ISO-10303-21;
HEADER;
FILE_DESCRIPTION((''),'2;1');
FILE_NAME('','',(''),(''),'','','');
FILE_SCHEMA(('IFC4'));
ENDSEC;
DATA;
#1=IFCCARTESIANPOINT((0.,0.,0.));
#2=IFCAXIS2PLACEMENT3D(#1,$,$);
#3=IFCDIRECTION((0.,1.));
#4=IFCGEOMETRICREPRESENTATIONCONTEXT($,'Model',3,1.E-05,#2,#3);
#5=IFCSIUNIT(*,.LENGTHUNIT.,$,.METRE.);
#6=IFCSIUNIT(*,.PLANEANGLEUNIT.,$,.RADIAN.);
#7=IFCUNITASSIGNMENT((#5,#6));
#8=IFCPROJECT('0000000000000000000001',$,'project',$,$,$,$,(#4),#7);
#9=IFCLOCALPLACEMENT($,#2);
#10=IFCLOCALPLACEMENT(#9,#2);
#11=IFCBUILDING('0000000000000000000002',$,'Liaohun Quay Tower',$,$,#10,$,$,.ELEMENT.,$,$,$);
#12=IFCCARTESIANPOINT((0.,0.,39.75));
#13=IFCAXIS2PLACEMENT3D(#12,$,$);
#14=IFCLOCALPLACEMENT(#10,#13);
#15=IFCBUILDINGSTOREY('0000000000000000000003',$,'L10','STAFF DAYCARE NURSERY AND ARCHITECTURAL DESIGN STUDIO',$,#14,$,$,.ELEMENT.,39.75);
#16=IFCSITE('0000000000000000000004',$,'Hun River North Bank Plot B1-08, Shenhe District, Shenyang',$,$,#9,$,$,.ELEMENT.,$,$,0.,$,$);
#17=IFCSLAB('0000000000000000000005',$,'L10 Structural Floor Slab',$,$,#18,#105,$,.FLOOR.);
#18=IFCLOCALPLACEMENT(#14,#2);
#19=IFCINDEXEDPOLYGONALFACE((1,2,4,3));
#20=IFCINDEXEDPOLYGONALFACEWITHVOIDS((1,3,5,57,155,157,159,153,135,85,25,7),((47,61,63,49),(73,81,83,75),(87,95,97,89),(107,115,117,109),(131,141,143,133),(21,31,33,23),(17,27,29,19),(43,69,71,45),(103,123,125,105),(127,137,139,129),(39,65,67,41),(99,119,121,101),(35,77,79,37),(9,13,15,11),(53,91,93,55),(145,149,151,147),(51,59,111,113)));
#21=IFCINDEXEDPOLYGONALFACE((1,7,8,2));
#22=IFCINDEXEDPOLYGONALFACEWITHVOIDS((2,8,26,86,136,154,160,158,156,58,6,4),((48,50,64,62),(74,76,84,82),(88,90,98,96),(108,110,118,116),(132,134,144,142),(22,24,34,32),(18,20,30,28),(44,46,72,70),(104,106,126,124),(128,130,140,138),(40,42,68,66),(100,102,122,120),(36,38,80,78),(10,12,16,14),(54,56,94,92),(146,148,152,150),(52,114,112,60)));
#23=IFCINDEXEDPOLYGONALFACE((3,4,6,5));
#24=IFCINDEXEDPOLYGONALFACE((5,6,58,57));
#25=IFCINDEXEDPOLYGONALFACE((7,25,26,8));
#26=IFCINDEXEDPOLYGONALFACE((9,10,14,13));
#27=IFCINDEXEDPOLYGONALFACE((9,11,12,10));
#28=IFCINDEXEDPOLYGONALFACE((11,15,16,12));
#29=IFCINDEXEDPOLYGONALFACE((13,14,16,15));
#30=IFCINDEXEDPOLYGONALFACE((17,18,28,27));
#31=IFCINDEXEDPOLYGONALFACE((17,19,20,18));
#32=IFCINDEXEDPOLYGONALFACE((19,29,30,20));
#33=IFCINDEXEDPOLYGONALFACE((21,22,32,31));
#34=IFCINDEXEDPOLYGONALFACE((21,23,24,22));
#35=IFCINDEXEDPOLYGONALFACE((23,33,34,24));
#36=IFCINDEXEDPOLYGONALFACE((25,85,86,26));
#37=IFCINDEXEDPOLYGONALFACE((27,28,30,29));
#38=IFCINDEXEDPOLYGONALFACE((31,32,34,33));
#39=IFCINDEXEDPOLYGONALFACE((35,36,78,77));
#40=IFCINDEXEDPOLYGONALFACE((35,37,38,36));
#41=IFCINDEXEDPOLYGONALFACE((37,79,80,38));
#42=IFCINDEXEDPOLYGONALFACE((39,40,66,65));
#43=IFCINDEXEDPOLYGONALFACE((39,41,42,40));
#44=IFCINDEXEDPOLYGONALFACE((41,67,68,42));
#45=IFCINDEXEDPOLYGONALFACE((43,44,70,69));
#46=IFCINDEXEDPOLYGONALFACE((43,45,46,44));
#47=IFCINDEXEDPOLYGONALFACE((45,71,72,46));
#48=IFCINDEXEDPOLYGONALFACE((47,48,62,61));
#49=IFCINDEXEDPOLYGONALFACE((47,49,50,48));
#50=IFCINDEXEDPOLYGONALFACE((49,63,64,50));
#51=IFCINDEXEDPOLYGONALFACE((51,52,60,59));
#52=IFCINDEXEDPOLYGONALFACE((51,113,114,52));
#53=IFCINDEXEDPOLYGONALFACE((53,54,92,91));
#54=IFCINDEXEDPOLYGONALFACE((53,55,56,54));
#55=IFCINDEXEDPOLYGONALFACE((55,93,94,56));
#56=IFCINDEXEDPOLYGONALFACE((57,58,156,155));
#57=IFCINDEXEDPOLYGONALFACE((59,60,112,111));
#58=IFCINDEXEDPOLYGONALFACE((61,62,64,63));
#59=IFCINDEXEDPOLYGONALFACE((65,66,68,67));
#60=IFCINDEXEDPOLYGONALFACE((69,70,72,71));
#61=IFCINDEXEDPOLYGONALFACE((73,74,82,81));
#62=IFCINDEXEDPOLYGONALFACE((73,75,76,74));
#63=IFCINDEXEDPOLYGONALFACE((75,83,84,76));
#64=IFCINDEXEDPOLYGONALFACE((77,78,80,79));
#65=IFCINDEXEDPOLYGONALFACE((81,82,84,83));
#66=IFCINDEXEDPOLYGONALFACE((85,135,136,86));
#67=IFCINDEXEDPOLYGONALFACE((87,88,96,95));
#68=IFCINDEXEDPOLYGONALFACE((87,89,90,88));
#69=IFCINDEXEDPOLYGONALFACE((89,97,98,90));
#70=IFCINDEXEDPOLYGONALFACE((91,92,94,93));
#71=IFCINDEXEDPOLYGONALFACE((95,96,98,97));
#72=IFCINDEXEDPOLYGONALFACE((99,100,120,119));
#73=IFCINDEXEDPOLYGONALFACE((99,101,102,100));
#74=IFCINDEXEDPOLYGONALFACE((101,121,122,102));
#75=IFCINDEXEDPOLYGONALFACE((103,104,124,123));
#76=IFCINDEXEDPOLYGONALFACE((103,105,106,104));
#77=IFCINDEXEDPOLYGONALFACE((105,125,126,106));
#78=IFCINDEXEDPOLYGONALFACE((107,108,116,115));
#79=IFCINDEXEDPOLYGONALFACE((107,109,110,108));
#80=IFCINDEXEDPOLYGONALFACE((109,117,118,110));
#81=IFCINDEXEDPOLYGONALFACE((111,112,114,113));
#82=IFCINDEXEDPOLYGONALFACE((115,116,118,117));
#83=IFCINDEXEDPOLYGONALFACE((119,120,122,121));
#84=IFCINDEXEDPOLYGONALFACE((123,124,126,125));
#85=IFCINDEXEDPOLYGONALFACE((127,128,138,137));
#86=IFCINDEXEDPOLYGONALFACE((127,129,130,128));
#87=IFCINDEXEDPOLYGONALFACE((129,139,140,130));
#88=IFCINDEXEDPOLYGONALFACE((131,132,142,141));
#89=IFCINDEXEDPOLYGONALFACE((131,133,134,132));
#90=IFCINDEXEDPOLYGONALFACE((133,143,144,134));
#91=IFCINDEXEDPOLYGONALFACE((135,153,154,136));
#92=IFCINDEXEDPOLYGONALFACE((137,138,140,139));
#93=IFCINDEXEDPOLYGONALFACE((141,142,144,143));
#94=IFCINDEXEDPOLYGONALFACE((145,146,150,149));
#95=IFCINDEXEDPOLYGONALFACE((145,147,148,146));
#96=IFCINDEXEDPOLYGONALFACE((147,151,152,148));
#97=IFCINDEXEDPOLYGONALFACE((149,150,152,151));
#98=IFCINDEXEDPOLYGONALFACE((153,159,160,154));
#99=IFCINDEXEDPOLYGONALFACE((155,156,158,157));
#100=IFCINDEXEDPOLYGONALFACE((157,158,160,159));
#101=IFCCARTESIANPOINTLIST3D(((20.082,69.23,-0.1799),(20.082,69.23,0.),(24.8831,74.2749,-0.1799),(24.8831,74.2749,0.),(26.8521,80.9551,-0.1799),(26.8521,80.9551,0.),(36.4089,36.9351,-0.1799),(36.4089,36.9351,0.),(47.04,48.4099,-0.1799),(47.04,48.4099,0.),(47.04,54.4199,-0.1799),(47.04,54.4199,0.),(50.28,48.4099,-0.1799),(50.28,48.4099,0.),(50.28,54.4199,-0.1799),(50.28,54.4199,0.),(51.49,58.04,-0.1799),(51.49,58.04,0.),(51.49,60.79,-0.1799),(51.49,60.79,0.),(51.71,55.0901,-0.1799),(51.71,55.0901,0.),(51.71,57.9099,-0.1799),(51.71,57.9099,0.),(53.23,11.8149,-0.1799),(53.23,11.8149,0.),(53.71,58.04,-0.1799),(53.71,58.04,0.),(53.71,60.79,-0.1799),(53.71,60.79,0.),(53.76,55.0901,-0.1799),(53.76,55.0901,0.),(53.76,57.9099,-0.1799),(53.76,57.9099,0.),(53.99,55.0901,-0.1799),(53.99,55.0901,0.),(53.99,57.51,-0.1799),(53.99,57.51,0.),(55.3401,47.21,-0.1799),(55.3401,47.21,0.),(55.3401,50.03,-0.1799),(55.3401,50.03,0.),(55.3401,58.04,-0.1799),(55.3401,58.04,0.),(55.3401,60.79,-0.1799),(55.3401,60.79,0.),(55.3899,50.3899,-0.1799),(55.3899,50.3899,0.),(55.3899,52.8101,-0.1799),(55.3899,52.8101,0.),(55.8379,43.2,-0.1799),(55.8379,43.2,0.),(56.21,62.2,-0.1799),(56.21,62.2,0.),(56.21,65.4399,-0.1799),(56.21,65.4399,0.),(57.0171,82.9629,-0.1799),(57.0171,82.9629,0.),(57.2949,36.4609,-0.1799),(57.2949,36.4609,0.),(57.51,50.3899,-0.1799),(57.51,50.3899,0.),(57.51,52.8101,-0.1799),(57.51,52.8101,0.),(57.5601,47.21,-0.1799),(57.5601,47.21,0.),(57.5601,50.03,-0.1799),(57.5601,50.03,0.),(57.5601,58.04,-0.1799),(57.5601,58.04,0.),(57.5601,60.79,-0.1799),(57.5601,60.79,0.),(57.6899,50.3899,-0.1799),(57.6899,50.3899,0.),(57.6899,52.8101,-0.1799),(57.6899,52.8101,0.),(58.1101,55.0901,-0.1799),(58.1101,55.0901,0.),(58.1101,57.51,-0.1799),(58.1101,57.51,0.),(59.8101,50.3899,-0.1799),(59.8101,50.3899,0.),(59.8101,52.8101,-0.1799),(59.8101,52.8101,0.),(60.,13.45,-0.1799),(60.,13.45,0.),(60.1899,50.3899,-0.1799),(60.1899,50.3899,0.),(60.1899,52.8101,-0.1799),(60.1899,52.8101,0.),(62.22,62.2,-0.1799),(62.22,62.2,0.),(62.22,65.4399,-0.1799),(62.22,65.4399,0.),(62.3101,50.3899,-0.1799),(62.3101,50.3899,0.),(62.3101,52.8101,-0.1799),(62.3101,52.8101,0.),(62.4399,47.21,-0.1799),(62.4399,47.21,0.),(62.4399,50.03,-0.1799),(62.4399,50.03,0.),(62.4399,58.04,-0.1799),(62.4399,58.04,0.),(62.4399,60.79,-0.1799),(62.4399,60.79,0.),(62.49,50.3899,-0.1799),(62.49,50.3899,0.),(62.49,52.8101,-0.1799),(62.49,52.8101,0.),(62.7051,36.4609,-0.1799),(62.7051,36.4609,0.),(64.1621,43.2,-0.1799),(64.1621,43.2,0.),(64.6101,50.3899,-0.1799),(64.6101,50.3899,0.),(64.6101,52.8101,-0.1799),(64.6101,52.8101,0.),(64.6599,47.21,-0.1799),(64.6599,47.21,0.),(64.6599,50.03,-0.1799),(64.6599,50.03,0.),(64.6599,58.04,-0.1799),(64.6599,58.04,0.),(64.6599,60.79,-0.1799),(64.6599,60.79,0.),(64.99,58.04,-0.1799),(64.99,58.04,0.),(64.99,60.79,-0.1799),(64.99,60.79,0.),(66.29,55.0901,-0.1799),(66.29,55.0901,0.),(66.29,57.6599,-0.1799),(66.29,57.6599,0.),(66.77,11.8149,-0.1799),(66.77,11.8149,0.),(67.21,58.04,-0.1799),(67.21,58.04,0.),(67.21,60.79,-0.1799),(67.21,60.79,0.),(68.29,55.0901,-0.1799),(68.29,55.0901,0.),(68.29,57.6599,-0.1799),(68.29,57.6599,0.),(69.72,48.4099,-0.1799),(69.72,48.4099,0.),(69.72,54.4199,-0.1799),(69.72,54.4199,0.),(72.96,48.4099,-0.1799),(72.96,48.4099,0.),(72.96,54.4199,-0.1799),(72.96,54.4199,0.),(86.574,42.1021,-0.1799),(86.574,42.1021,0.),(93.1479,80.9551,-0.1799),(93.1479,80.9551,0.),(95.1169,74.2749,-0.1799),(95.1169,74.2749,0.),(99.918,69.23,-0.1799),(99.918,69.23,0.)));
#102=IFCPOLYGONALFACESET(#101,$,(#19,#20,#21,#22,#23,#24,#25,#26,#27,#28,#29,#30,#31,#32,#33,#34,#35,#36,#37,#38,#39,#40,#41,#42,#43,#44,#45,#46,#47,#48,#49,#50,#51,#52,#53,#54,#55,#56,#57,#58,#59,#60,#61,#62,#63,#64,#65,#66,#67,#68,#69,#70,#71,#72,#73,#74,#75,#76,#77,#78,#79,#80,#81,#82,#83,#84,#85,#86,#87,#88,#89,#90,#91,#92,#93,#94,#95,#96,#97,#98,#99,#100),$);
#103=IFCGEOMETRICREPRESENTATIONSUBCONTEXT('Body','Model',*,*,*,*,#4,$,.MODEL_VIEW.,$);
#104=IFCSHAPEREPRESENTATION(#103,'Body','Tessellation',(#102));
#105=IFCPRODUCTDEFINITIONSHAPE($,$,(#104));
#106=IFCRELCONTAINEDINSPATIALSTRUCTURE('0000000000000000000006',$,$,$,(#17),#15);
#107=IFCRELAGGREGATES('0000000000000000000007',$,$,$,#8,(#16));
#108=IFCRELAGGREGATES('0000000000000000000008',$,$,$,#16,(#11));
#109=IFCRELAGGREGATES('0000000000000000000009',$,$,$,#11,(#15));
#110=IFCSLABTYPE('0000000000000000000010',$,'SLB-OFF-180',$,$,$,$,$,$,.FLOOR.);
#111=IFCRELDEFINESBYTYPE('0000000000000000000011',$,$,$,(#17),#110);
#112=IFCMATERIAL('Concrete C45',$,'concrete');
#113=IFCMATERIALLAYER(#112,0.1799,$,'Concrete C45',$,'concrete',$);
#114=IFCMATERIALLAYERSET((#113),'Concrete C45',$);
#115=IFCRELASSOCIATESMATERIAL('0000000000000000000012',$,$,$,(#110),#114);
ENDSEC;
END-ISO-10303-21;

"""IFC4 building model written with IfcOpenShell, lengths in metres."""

from ifc_helpers import new_model, si_unit, direction, frame, origin, place, context, subcontext, project, spatial, polyline, outline, extrude, material, layer, layer_set, type_object, element, save


model = new_model("IFC4")

# Units and contexts
model_context = context("Model", 3, precision=1e-05, world=origin(), true_north=direction((0.0, 1.0)))
body_context = subcontext(model_context, "Body", "Model", "MODEL_VIEW")
ifc_project = project(units=[si_unit("LENGTHUNIT", "METRE"), si_unit("PLANEANGLEUNIT", "RADIAN")], contexts=[model_context])

# Site, building, storey
site_placement = place(None, origin())
site = spatial("IfcSite", under=ifc_project, at=site_placement, Name="Hun River North Bank Plot B1-08, Shenhe District, Shenyang", CompositionType="ELEMENT", RefElevation=0.0)
building_placement = place(site_placement, origin())
building = spatial("IfcBuilding", under=site, at=building_placement, Name="Liaohun Quay Tower", CompositionType="ELEMENT")
storey_placement = place(building_placement, frame((0.0, 0.0, 39.75)))
storey = spatial("IfcBuildingStorey", under=building, at=storey_placement, Name="L10", Description="STAFF DAYCARE NURSERY AND ARCHITECTURAL DESIGN STUDIO", CompositionType="ELEMENT", Elevation=39.75)

# Shared definitions
ifc_material_1 = material(Name="Concrete C45", Category="concrete")

# Slab
ifc_layer_1 = layer(ifc_material_1, 0.1799, Name="Concrete C45", Category="concrete")
ifc_layer_set_1 = layer_set([ifc_layer_1], Name="Concrete C45")
slab_type_1 = type_object("IfcSlabType", Name="SLB-OFF-180", PredefinedType="FLOOR", material=ifc_layer_set_1)
slab_1_placement = place(storey_placement, frame((0.0, 0.0, -0.1799)))
element("IfcSlab", 1, at=slab_1_placement, inside=storey, type_object=slab_type_1, Name="L10 Structural Floor Slab", PredefinedType="FLOOR", context=body_context, shape_type="SweptSolid", body=[
    extrude(outline(polyline([(53.23, 11.8149), (60.0, 13.45), (66.77, 11.8149), (86.574, 42.1021), (99.918, 69.23), (95.1169, 74.2749), (93.1479, 80.9551), (57.0171, 82.9629), (26.8521, 80.9551), (24.8831, 74.2749), (20.082, 69.23), (36.4089, 36.9351), (53.23, 11.8149)]), holes=[polyline([(57.5601, 47.21), (57.5601, 50.03), (55.3401, 50.03), (55.3401, 47.21), (57.5601, 47.21)]), polyline([(50.28, 54.4199), (47.04, 54.4199), (47.04, 48.4099), (50.28, 48.4099), (50.28, 54.4199)]), polyline([(57.51, 50.3899), (57.51, 52.8101), (55.3899, 52.8101), (55.3899, 50.3899), (57.51, 50.3899)]), polyline([(59.8101, 50.3899), (59.8101, 52.8101), (57.6899, 52.8101), (57.6899, 50.3899), (59.8101, 50.3899)]), polyline([(58.1101, 57.51), (53.99, 57.51), (53.99, 55.0901), (58.1101, 55.0901), (58.1101, 57.51)]), polyline([(53.76, 55.0901), (53.76, 57.9099), (51.71, 57.9099), (51.71, 55.0901), (53.76, 55.0901)]), polyline([(51.49, 58.04), (53.71, 58.04), (53.71, 60.79), (51.49, 60.79), (51.49, 58.04)]), polyline([(55.3401, 58.04), (57.5601, 58.04), (57.5601, 60.79), (55.3401, 60.79), (55.3401, 58.04)]), polyline([(62.7051, 36.4609), (64.1621, 43.2), (55.8379, 43.2), (57.2949, 36.4609), (62.7051, 36.4609)]), polyline([(64.6599, 47.21), (64.6599, 50.03), (62.4399, 50.03), (62.4399, 47.21), (64.6599, 47.21)]), polyline([(72.96, 54.4199), (69.72, 54.4199), (69.72, 48.4099), (72.96, 48.4099), (72.96, 54.4199)]), polyline([(62.3101, 50.3899), (62.3101, 52.8101), (60.1899, 52.8101), (60.1899, 50.3899), (62.3101, 50.3899)]), polyline([(64.6101, 50.3899), (64.6101, 52.8101), (62.49, 52.8101), (62.49, 50.3899), (64.6101, 50.3899)]), polyline([(68.29, 55.0901), (68.29, 57.6599), (66.29, 57.6599), (66.29, 55.0901), (68.29, 55.0901)]), polyline([(64.6599, 58.04), (64.6599, 60.79), (62.4399, 60.79), (62.4399, 58.04), (64.6599, 58.04)]), polyline([(64.99, 58.04), (67.21, 58.04), (67.21, 60.79), (64.99, 60.79), (64.99, 58.04)]), polyline([(56.21, 62.2), (62.22, 62.2), (62.22, 65.4399), (56.21, 65.4399), (56.21, 62.2)])]), origin(), (0.0, 0.0, 1.0), 0.1799),
])

save(model, "model.ifc")
